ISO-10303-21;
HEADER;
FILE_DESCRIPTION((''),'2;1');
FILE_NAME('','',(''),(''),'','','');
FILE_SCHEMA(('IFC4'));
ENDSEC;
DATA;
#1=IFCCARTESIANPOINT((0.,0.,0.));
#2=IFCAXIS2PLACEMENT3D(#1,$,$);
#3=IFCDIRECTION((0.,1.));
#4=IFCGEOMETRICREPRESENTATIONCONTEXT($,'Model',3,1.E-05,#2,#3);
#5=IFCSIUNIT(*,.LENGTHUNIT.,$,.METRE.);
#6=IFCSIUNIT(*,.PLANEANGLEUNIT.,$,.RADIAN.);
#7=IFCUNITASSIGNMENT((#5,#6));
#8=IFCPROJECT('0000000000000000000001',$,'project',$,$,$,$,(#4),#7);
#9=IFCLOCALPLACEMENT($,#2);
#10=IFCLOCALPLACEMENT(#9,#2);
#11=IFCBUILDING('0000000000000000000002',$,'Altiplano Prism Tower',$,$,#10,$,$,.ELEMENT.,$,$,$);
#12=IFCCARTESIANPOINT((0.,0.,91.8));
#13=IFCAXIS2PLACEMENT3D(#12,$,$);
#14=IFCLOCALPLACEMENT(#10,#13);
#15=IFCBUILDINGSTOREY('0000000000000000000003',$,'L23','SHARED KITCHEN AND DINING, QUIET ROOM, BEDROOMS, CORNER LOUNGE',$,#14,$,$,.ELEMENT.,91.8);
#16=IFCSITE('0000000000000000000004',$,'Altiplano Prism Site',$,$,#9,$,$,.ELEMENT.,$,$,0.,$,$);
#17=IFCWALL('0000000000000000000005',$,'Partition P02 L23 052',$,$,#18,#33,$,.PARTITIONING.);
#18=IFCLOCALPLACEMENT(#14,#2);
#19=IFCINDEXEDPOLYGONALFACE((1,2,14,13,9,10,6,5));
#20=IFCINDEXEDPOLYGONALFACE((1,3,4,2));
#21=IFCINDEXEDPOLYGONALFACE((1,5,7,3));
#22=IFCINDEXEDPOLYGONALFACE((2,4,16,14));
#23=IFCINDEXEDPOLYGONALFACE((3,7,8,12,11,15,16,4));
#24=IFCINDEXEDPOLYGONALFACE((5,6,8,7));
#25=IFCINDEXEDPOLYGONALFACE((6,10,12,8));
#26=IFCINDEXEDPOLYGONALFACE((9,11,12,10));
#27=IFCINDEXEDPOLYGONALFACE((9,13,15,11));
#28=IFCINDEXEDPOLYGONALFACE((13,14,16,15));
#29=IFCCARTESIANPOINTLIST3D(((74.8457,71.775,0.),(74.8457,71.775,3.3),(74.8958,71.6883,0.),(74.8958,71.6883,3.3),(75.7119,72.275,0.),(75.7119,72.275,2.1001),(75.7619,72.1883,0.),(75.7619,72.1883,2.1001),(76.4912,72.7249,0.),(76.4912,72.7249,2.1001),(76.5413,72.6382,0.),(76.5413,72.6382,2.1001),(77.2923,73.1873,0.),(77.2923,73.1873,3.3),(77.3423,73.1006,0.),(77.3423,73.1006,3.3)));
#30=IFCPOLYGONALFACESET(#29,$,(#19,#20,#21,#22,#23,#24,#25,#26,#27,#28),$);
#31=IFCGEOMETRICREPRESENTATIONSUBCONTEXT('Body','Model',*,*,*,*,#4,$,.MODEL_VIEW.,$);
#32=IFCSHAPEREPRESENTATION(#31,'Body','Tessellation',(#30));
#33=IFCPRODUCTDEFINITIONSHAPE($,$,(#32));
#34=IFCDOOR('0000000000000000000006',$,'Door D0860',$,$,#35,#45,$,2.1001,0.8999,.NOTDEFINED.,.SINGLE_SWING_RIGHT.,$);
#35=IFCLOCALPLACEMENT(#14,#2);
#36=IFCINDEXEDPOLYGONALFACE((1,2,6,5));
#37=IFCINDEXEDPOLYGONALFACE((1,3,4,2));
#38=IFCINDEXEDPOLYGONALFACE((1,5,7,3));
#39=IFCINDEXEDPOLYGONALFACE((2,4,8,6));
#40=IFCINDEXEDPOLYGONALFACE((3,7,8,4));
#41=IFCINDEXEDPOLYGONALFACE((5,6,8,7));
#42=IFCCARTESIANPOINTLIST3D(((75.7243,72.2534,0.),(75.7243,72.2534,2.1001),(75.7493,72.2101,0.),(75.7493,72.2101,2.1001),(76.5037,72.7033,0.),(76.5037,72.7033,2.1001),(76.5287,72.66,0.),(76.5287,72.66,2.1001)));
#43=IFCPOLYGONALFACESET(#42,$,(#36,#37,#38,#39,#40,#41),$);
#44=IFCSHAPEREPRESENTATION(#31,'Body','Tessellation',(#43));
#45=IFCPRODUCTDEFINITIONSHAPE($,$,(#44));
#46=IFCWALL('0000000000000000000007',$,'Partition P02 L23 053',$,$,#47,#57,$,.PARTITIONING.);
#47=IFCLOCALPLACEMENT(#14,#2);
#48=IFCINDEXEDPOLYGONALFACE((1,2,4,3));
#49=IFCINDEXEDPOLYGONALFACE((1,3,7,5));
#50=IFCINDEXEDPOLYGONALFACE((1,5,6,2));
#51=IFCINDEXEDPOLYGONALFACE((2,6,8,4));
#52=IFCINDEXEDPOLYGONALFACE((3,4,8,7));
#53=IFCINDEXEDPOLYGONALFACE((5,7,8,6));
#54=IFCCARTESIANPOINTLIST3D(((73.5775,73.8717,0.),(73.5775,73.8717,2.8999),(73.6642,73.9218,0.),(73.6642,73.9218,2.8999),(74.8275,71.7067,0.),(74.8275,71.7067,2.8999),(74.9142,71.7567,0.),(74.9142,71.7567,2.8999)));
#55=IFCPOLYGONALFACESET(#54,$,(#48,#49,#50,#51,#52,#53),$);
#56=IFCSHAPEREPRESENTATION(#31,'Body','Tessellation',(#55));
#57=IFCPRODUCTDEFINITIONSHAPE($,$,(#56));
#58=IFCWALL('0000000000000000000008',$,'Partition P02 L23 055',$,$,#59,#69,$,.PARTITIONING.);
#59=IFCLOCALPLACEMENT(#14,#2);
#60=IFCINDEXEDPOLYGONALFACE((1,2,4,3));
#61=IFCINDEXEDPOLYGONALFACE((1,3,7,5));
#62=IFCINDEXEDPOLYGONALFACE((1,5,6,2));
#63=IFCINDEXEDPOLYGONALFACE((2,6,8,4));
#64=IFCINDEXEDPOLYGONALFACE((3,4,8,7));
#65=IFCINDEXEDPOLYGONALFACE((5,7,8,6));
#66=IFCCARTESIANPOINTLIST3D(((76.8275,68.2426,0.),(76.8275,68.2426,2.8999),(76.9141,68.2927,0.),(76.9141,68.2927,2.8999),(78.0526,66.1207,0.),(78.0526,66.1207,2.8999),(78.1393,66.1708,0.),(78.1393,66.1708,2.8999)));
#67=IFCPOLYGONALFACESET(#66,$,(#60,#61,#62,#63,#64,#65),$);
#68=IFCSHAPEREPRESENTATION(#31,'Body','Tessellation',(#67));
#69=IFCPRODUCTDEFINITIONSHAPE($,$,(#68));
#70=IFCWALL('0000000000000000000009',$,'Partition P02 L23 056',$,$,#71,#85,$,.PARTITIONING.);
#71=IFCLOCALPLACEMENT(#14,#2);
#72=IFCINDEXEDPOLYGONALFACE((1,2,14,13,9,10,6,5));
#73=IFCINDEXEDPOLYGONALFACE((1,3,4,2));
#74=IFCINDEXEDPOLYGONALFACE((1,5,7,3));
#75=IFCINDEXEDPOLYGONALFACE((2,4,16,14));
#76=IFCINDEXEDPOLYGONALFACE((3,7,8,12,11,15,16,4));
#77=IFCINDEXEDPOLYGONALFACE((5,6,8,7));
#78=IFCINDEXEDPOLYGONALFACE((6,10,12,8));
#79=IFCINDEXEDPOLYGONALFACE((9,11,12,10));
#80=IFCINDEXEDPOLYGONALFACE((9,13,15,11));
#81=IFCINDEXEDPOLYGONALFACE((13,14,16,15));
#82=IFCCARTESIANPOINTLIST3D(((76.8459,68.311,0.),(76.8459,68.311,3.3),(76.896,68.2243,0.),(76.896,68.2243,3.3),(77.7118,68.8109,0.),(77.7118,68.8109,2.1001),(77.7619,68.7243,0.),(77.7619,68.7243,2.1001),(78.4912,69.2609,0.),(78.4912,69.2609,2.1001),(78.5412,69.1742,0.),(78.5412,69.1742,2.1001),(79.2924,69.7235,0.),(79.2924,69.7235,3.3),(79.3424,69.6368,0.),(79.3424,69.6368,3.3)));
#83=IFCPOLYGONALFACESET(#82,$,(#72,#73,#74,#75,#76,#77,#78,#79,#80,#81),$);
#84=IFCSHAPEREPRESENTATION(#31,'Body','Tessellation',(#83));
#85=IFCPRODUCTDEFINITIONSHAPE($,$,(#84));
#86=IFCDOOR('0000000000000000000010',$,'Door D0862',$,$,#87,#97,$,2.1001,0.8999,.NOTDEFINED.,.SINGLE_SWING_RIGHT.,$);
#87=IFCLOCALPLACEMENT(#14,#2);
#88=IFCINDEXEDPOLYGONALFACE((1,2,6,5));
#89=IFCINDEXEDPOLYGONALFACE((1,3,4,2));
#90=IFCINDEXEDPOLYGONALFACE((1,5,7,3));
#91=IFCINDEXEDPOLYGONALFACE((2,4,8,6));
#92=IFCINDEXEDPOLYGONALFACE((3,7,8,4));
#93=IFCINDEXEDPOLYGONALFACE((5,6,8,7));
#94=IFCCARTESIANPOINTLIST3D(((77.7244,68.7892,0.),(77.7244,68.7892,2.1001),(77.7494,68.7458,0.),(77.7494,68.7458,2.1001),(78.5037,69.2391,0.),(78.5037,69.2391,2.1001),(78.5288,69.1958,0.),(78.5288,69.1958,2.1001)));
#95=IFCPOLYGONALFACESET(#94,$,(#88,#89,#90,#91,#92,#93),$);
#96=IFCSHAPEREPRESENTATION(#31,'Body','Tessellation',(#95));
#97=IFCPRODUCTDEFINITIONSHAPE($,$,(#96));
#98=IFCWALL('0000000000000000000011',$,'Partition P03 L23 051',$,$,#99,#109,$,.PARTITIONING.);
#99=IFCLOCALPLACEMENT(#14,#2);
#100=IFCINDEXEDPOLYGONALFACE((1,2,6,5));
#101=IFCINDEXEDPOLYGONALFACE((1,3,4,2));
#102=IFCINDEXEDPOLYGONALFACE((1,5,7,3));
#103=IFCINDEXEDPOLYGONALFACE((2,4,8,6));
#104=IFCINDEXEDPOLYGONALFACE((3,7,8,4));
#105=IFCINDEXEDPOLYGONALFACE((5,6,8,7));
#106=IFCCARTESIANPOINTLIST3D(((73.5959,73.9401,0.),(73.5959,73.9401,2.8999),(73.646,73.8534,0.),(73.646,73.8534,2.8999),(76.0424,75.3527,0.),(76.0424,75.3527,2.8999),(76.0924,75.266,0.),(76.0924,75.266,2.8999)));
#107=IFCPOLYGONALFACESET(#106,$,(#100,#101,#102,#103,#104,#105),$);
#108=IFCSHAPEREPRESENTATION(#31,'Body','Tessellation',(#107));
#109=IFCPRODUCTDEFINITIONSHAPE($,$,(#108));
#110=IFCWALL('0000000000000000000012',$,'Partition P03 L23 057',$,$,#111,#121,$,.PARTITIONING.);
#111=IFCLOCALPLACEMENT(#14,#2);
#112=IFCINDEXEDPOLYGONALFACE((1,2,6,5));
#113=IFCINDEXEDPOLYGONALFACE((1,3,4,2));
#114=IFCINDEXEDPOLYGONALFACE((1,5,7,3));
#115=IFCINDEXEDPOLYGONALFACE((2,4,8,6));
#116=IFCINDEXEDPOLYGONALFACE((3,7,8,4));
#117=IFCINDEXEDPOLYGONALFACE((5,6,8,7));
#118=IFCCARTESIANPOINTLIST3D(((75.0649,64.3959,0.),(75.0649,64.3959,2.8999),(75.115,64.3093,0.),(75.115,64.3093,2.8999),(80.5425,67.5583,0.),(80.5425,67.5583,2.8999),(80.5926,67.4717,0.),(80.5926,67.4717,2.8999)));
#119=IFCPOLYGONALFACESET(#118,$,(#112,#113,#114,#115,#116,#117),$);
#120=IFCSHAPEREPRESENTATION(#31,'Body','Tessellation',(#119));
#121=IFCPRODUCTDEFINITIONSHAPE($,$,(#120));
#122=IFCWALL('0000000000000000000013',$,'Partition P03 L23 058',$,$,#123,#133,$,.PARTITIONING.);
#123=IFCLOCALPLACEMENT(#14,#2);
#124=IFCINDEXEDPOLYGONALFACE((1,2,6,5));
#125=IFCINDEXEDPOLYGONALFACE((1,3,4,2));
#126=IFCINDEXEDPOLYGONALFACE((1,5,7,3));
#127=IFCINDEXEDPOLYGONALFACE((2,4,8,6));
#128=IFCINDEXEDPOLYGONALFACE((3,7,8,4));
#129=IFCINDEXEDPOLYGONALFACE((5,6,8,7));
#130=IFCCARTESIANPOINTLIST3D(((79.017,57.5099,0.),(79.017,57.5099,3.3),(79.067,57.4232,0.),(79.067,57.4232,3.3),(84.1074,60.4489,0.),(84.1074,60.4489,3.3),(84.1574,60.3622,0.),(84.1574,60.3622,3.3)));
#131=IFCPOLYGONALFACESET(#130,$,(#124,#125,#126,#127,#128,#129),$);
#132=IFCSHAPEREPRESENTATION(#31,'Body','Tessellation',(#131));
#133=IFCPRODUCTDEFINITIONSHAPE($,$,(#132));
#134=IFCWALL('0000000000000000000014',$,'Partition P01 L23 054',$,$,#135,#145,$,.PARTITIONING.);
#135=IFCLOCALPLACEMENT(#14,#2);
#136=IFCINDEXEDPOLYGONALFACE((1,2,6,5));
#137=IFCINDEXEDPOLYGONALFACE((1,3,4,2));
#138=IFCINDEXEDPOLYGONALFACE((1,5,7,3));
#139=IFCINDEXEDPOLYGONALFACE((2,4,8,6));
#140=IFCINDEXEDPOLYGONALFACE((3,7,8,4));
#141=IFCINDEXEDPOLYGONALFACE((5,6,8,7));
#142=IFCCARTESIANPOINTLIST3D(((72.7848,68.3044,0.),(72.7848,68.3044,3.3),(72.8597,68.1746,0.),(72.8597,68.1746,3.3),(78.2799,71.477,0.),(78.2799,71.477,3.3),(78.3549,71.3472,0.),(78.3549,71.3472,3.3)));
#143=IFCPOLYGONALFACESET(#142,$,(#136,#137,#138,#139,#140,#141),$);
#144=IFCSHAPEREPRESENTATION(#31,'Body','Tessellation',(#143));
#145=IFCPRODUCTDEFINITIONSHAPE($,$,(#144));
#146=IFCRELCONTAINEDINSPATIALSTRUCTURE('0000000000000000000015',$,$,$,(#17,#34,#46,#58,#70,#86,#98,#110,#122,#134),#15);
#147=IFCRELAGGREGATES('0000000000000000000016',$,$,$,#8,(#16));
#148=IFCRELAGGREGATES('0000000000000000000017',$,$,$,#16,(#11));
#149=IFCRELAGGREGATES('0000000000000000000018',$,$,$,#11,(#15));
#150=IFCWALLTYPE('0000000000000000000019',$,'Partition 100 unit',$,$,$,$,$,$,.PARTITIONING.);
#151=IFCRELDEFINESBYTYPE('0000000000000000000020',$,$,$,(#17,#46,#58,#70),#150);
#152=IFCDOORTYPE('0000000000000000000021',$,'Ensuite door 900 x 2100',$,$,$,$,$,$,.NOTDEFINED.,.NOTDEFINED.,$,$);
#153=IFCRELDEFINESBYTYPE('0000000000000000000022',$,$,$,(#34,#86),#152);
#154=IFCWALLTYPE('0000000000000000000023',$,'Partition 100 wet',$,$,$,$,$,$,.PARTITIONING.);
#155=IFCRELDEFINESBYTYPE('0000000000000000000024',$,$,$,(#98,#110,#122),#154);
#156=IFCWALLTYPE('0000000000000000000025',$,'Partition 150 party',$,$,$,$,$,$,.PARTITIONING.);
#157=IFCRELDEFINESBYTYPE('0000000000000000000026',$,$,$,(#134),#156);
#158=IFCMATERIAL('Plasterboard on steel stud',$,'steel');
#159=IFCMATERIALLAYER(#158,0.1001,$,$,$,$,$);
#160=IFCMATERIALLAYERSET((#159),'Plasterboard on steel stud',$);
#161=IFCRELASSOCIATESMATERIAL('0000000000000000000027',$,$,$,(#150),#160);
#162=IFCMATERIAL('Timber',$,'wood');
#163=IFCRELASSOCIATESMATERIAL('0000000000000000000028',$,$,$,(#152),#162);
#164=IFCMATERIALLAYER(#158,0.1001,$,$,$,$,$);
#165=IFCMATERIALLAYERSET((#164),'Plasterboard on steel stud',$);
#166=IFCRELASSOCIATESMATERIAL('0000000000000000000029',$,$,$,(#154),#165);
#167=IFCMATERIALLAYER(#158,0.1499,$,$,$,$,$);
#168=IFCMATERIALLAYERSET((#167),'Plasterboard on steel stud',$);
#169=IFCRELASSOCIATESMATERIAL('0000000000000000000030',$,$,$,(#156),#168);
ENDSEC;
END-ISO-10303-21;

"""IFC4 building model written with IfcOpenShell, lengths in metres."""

from ifc_helpers import new_model, si_unit, direction, frame, frame_2d, origin, place, context, subcontext, project, spatial, rectangle, extrude, material, layer, layer_set, type_object, element, fill, save


model = new_model("IFC4")

# Units and contexts
model_context = context("Model", 3, precision=1e-05, world=origin(), true_north=direction((0.0, 1.0)))
body_context = subcontext(model_context, "Body", "Model", "MODEL_VIEW")
ifc_project = project(units=[si_unit("LENGTHUNIT", "METRE"), si_unit("PLANEANGLEUNIT", "RADIAN")], contexts=[model_context])

# Site, building, storey
site_placement = place(None, origin())
site = spatial("IfcSite", under=ifc_project, at=site_placement, Name="Altiplano Prism Site", CompositionType="ELEMENT", RefElevation=0.0)
building_placement = place(site_placement, origin())
building = spatial("IfcBuilding", under=site, at=building_placement, Name="Altiplano Prism Tower", CompositionType="ELEMENT")
storey_placement = place(building_placement, frame((0.0, 0.0, 91.8)))
storey = spatial("IfcBuildingStorey", under=building, at=storey_placement, Name="L23", Description="SHARED KITCHEN AND DINING, QUIET ROOM, BEDROOMS, CORNER LOUNGE", CompositionType="ELEMENT", Elevation=91.8)

# Shared definitions
ifc_material_1 = material(Name="Plasterboard on steel stud", Category="steel")
ifc_layer_1 = layer(ifc_material_1, 0.1001)
ifc_layer_set_1 = layer_set([ifc_layer_1], Name="Plasterboard on steel stud")
wall_type_1 = type_object("IfcWallType", Name="Partition 100 unit", PredefinedType="PARTITIONING", material=ifc_layer_set_1)

# Wall, opening, door
wall_1_placement = place(storey_placement, frame((77.3174, 73.144, 0.0), z_axis=(0.0, 0.0, 1.0), x_axis=(-0.866049, -0.499959, 0.0)))
wall_1 = element("IfcWall", 1, at=wall_1_placement, inside=storey, type_object=wall_type_1, Name="Partition P02 L23 052", PredefinedType="PARTITIONING", context=body_context, shape_type="SweptSolid", body=[
    extrude(rectangle(XDim=2.825, YDim=0.1001, at=frame_2d((1.4126, 0.0))), origin(), (0.0, 0.0, 1.0), 3.3),
])
opening_1_placement = place(wall_1_placement, frame((0.925, 0.0, 0.0)))
opening_1 = element("IfcOpeningElement", 2, at=opening_1_placement, cuts=wall_1, PredefinedType="OPENING", context=body_context, shape_type="SweptSolid", body=[
    extrude(rectangle(XDim=0.8999, YDim=2.1001, at=frame_2d((0.45, 1.05))), frame((0.0, 0.0605, 0.0), z_axis=(0.0, -1.0, 0.0), x_axis=(1.0, 0.0, 0.0)), (0.0, 0.0, 1.0), 0.1211),
])
ifc_material_2 = material(Name="Timber", Category="wood")
door_type = type_object("IfcDoorType", Name="Ensuite door 900 x 2100", OperationType="NOTDEFINED", PredefinedType="NOTDEFINED", material=ifc_material_2)
door_1_placement = place(opening_1_placement, origin())
door_1 = element("IfcDoor", 3, at=door_1_placement, inside=storey, type_object=door_type, Name="Door D0860", OperationType="SINGLE_SWING_RIGHT", OverallHeight=2.1001, OverallWidth=0.8999, PredefinedType="NOTDEFINED", context=body_context, shape_type="SweptSolid", body=[
    extrude(rectangle(XDim=0.8999, YDim=2.1001, at=frame_2d((0.45, 1.05))), frame((0.0, 0.0249, 0.0), z_axis=(0.0, -1.0, 0.0), x_axis=(1.0, 0.0, 0.0)), (0.0, 0.0, 1.0), 0.05),
])
fill(opening_1, door_1)

# Walls
wall_2_placement = place(storey_placement, frame((74.8708, 71.7317, 0.0), z_axis=(0.0, 0.0, 1.0), x_axis=(-0.500004, 0.866023, 0.0)))
element("IfcWall", 4, at=wall_2_placement, inside=storey, type_object=wall_type_1, Name="Partition P02 L23 053", PredefinedType="PARTITIONING", context=body_context, shape_type="SweptSolid", body=[
    extrude(rectangle(XDim=2.5, YDim=0.1001, at=frame_2d((1.25, 0.0))), origin(), (0.0, 0.0, 1.0), 2.8999),
])
wall_3_placement = place(storey_placement, frame((78.0959, 66.1458, 0.0), z_axis=(0.0, 0.0, 1.0), x_axis=(-0.500019, 0.866015, 0.0)))
element("IfcWall", 5, at=wall_3_placement, inside=storey, type_object=wall_type_1, Name="Partition P02 L23 055", PredefinedType="PARTITIONING", context=body_context, shape_type="SweptSolid", body=[
    extrude(rectangle(XDim=2.4502, YDim=0.1001, at=frame_2d((1.2251, 0.0))), origin(), (0.0, 0.0, 1.0), 2.8999),
])

# Wall, opening, door
wall_4_placement = place(storey_placement, frame((76.8708, 68.2676, 0.0), z_axis=(0.0, 0.0, 1.0), x_axis=(0.866011, 0.500024, 0.0)))
wall_4 = element("IfcWall", 6, at=wall_4_placement, inside=storey, type_object=wall_type_1, Name="Partition P02 L23 056", PredefinedType="PARTITIONING", context=body_context, shape_type="SweptSolid", body=[
    extrude(rectangle(XDim=2.825, YDim=0.1001, at=frame_2d((1.4126, 0.0))), origin(), (0.0, 0.0, 1.0), 3.3),
])
opening_2_placement = place(wall_4_placement, frame((1.0, 0.0, 0.0)))
opening_2 = element("IfcOpeningElement", 7, at=opening_2_placement, cuts=wall_4, PredefinedType="OPENING", context=body_context, shape_type="SweptSolid", body=[
    extrude(rectangle(XDim=0.8999, YDim=2.1001, at=frame_2d((0.45, 1.05))), frame((0.0, 0.0605, 0.0), z_axis=(0.0, -1.0, 0.0), x_axis=(1.0, 0.0, 0.0)), (0.0, 0.0, 1.0), 0.1211),
])
door_2_placement = place(opening_2_placement, origin())
door_2 = element("IfcDoor", 8, at=door_2_placement, inside=storey, type_object=door_type, Name="Door D0862", OperationType="SINGLE_SWING_RIGHT", OverallHeight=2.1001, OverallWidth=0.8999, PredefinedType="NOTDEFINED", context=body_context, shape_type="SweptSolid", body=[
    extrude(rectangle(XDim=0.8999, YDim=2.1001, at=frame_2d((0.45, 1.05))), frame((0.0, 0.0249, 0.0), z_axis=(0.0, -1.0, 0.0), x_axis=(1.0, 0.0, 0.0)), (0.0, 0.0, 1.0), 0.05),
])
fill(opening_2, door_2)

# Walls
ifc_layer_2 = layer(ifc_material_1, 0.1001)
ifc_layer_set_2 = layer_set([ifc_layer_2], Name="Plasterboard on steel stud")
wall_type_2 = type_object("IfcWallType", Name="Partition 100 wet", PredefinedType="PARTITIONING", material=ifc_layer_set_2)
wall_5_placement = place(storey_placement, frame((73.6208, 73.8967, 0.0), z_axis=(0.0, 0.0, 1.0), x_axis=(0.866011, 0.500024, 0.0)))
element("IfcWall", 9, at=wall_5_placement, inside=storey, type_object=wall_type_2, Name="Partition P03 L23 051", PredefinedType="PARTITIONING", context=body_context, shape_type="SweptSolid", body=[
    extrude(rectangle(XDim=2.825, YDim=0.1001, at=frame_2d((1.4126, 0.0))), origin(), (0.0, 0.0, 1.0), 2.8999),
])
wall_6_placement = place(storey_placement, frame((75.0898, 64.3525, 0.0), z_axis=(0.0, 0.0, 1.0), x_axis=(0.866033, 0.499988, 0.0)))
element("IfcWall", 10, at=wall_6_placement, inside=storey, type_object=wall_type_2, Name="Partition P03 L23 057", PredefinedType="PARTITIONING", context=body_context, shape_type="SweptSolid", body=[
    extrude(rectangle(XDim=6.325, YDim=0.1001, at=frame_2d((3.1626, 0.0))), origin(), (0.0, 0.0, 1.0), 2.8999),
])
wall_7_placement = place(storey_placement, frame((79.042, 57.4666, 0.0), z_axis=(0.0, 0.0, 1.0), x_axis=(0.866021, 0.500008, 0.0)))
element("IfcWall", 11, at=wall_7_placement, inside=storey, type_object=wall_type_2, Name="Partition P03 L23 058", PredefinedType="PARTITIONING", context=body_context, shape_type="SweptSolid", body=[
    extrude(rectangle(XDim=5.8779, YDim=0.1001, at=frame_2d((2.939, 0.0))), origin(), (0.0, 0.0, 1.0), 3.3),
])
ifc_layer_3 = layer(ifc_material_1, 0.1499)
ifc_layer_set_3 = layer_set([ifc_layer_3], Name="Plasterboard on steel stud")
wall_type_3 = type_object("IfcWallType", Name="Partition 150 party", PredefinedType="PARTITIONING", material=ifc_layer_set_3)
wall_8_placement = place(storey_placement, frame((72.8223, 68.2395, 0.0), z_axis=(0.0, 0.0, 1.0), x_axis=(0.866025, 0.5, 0.0)))
element("IfcWall", 12, at=wall_8_placement, inside=storey, type_object=wall_type_3, Name="Partition P01 L23 054", PredefinedType="PARTITIONING", context=body_context, shape_type="SweptSolid", body=[
    extrude(rectangle(XDim=6.3452, YDim=0.1499, at=frame_2d((3.1726, 0.0))), origin(), (0.0, 0.0, 1.0), 3.3),
])

save(model, "model.ifc")
